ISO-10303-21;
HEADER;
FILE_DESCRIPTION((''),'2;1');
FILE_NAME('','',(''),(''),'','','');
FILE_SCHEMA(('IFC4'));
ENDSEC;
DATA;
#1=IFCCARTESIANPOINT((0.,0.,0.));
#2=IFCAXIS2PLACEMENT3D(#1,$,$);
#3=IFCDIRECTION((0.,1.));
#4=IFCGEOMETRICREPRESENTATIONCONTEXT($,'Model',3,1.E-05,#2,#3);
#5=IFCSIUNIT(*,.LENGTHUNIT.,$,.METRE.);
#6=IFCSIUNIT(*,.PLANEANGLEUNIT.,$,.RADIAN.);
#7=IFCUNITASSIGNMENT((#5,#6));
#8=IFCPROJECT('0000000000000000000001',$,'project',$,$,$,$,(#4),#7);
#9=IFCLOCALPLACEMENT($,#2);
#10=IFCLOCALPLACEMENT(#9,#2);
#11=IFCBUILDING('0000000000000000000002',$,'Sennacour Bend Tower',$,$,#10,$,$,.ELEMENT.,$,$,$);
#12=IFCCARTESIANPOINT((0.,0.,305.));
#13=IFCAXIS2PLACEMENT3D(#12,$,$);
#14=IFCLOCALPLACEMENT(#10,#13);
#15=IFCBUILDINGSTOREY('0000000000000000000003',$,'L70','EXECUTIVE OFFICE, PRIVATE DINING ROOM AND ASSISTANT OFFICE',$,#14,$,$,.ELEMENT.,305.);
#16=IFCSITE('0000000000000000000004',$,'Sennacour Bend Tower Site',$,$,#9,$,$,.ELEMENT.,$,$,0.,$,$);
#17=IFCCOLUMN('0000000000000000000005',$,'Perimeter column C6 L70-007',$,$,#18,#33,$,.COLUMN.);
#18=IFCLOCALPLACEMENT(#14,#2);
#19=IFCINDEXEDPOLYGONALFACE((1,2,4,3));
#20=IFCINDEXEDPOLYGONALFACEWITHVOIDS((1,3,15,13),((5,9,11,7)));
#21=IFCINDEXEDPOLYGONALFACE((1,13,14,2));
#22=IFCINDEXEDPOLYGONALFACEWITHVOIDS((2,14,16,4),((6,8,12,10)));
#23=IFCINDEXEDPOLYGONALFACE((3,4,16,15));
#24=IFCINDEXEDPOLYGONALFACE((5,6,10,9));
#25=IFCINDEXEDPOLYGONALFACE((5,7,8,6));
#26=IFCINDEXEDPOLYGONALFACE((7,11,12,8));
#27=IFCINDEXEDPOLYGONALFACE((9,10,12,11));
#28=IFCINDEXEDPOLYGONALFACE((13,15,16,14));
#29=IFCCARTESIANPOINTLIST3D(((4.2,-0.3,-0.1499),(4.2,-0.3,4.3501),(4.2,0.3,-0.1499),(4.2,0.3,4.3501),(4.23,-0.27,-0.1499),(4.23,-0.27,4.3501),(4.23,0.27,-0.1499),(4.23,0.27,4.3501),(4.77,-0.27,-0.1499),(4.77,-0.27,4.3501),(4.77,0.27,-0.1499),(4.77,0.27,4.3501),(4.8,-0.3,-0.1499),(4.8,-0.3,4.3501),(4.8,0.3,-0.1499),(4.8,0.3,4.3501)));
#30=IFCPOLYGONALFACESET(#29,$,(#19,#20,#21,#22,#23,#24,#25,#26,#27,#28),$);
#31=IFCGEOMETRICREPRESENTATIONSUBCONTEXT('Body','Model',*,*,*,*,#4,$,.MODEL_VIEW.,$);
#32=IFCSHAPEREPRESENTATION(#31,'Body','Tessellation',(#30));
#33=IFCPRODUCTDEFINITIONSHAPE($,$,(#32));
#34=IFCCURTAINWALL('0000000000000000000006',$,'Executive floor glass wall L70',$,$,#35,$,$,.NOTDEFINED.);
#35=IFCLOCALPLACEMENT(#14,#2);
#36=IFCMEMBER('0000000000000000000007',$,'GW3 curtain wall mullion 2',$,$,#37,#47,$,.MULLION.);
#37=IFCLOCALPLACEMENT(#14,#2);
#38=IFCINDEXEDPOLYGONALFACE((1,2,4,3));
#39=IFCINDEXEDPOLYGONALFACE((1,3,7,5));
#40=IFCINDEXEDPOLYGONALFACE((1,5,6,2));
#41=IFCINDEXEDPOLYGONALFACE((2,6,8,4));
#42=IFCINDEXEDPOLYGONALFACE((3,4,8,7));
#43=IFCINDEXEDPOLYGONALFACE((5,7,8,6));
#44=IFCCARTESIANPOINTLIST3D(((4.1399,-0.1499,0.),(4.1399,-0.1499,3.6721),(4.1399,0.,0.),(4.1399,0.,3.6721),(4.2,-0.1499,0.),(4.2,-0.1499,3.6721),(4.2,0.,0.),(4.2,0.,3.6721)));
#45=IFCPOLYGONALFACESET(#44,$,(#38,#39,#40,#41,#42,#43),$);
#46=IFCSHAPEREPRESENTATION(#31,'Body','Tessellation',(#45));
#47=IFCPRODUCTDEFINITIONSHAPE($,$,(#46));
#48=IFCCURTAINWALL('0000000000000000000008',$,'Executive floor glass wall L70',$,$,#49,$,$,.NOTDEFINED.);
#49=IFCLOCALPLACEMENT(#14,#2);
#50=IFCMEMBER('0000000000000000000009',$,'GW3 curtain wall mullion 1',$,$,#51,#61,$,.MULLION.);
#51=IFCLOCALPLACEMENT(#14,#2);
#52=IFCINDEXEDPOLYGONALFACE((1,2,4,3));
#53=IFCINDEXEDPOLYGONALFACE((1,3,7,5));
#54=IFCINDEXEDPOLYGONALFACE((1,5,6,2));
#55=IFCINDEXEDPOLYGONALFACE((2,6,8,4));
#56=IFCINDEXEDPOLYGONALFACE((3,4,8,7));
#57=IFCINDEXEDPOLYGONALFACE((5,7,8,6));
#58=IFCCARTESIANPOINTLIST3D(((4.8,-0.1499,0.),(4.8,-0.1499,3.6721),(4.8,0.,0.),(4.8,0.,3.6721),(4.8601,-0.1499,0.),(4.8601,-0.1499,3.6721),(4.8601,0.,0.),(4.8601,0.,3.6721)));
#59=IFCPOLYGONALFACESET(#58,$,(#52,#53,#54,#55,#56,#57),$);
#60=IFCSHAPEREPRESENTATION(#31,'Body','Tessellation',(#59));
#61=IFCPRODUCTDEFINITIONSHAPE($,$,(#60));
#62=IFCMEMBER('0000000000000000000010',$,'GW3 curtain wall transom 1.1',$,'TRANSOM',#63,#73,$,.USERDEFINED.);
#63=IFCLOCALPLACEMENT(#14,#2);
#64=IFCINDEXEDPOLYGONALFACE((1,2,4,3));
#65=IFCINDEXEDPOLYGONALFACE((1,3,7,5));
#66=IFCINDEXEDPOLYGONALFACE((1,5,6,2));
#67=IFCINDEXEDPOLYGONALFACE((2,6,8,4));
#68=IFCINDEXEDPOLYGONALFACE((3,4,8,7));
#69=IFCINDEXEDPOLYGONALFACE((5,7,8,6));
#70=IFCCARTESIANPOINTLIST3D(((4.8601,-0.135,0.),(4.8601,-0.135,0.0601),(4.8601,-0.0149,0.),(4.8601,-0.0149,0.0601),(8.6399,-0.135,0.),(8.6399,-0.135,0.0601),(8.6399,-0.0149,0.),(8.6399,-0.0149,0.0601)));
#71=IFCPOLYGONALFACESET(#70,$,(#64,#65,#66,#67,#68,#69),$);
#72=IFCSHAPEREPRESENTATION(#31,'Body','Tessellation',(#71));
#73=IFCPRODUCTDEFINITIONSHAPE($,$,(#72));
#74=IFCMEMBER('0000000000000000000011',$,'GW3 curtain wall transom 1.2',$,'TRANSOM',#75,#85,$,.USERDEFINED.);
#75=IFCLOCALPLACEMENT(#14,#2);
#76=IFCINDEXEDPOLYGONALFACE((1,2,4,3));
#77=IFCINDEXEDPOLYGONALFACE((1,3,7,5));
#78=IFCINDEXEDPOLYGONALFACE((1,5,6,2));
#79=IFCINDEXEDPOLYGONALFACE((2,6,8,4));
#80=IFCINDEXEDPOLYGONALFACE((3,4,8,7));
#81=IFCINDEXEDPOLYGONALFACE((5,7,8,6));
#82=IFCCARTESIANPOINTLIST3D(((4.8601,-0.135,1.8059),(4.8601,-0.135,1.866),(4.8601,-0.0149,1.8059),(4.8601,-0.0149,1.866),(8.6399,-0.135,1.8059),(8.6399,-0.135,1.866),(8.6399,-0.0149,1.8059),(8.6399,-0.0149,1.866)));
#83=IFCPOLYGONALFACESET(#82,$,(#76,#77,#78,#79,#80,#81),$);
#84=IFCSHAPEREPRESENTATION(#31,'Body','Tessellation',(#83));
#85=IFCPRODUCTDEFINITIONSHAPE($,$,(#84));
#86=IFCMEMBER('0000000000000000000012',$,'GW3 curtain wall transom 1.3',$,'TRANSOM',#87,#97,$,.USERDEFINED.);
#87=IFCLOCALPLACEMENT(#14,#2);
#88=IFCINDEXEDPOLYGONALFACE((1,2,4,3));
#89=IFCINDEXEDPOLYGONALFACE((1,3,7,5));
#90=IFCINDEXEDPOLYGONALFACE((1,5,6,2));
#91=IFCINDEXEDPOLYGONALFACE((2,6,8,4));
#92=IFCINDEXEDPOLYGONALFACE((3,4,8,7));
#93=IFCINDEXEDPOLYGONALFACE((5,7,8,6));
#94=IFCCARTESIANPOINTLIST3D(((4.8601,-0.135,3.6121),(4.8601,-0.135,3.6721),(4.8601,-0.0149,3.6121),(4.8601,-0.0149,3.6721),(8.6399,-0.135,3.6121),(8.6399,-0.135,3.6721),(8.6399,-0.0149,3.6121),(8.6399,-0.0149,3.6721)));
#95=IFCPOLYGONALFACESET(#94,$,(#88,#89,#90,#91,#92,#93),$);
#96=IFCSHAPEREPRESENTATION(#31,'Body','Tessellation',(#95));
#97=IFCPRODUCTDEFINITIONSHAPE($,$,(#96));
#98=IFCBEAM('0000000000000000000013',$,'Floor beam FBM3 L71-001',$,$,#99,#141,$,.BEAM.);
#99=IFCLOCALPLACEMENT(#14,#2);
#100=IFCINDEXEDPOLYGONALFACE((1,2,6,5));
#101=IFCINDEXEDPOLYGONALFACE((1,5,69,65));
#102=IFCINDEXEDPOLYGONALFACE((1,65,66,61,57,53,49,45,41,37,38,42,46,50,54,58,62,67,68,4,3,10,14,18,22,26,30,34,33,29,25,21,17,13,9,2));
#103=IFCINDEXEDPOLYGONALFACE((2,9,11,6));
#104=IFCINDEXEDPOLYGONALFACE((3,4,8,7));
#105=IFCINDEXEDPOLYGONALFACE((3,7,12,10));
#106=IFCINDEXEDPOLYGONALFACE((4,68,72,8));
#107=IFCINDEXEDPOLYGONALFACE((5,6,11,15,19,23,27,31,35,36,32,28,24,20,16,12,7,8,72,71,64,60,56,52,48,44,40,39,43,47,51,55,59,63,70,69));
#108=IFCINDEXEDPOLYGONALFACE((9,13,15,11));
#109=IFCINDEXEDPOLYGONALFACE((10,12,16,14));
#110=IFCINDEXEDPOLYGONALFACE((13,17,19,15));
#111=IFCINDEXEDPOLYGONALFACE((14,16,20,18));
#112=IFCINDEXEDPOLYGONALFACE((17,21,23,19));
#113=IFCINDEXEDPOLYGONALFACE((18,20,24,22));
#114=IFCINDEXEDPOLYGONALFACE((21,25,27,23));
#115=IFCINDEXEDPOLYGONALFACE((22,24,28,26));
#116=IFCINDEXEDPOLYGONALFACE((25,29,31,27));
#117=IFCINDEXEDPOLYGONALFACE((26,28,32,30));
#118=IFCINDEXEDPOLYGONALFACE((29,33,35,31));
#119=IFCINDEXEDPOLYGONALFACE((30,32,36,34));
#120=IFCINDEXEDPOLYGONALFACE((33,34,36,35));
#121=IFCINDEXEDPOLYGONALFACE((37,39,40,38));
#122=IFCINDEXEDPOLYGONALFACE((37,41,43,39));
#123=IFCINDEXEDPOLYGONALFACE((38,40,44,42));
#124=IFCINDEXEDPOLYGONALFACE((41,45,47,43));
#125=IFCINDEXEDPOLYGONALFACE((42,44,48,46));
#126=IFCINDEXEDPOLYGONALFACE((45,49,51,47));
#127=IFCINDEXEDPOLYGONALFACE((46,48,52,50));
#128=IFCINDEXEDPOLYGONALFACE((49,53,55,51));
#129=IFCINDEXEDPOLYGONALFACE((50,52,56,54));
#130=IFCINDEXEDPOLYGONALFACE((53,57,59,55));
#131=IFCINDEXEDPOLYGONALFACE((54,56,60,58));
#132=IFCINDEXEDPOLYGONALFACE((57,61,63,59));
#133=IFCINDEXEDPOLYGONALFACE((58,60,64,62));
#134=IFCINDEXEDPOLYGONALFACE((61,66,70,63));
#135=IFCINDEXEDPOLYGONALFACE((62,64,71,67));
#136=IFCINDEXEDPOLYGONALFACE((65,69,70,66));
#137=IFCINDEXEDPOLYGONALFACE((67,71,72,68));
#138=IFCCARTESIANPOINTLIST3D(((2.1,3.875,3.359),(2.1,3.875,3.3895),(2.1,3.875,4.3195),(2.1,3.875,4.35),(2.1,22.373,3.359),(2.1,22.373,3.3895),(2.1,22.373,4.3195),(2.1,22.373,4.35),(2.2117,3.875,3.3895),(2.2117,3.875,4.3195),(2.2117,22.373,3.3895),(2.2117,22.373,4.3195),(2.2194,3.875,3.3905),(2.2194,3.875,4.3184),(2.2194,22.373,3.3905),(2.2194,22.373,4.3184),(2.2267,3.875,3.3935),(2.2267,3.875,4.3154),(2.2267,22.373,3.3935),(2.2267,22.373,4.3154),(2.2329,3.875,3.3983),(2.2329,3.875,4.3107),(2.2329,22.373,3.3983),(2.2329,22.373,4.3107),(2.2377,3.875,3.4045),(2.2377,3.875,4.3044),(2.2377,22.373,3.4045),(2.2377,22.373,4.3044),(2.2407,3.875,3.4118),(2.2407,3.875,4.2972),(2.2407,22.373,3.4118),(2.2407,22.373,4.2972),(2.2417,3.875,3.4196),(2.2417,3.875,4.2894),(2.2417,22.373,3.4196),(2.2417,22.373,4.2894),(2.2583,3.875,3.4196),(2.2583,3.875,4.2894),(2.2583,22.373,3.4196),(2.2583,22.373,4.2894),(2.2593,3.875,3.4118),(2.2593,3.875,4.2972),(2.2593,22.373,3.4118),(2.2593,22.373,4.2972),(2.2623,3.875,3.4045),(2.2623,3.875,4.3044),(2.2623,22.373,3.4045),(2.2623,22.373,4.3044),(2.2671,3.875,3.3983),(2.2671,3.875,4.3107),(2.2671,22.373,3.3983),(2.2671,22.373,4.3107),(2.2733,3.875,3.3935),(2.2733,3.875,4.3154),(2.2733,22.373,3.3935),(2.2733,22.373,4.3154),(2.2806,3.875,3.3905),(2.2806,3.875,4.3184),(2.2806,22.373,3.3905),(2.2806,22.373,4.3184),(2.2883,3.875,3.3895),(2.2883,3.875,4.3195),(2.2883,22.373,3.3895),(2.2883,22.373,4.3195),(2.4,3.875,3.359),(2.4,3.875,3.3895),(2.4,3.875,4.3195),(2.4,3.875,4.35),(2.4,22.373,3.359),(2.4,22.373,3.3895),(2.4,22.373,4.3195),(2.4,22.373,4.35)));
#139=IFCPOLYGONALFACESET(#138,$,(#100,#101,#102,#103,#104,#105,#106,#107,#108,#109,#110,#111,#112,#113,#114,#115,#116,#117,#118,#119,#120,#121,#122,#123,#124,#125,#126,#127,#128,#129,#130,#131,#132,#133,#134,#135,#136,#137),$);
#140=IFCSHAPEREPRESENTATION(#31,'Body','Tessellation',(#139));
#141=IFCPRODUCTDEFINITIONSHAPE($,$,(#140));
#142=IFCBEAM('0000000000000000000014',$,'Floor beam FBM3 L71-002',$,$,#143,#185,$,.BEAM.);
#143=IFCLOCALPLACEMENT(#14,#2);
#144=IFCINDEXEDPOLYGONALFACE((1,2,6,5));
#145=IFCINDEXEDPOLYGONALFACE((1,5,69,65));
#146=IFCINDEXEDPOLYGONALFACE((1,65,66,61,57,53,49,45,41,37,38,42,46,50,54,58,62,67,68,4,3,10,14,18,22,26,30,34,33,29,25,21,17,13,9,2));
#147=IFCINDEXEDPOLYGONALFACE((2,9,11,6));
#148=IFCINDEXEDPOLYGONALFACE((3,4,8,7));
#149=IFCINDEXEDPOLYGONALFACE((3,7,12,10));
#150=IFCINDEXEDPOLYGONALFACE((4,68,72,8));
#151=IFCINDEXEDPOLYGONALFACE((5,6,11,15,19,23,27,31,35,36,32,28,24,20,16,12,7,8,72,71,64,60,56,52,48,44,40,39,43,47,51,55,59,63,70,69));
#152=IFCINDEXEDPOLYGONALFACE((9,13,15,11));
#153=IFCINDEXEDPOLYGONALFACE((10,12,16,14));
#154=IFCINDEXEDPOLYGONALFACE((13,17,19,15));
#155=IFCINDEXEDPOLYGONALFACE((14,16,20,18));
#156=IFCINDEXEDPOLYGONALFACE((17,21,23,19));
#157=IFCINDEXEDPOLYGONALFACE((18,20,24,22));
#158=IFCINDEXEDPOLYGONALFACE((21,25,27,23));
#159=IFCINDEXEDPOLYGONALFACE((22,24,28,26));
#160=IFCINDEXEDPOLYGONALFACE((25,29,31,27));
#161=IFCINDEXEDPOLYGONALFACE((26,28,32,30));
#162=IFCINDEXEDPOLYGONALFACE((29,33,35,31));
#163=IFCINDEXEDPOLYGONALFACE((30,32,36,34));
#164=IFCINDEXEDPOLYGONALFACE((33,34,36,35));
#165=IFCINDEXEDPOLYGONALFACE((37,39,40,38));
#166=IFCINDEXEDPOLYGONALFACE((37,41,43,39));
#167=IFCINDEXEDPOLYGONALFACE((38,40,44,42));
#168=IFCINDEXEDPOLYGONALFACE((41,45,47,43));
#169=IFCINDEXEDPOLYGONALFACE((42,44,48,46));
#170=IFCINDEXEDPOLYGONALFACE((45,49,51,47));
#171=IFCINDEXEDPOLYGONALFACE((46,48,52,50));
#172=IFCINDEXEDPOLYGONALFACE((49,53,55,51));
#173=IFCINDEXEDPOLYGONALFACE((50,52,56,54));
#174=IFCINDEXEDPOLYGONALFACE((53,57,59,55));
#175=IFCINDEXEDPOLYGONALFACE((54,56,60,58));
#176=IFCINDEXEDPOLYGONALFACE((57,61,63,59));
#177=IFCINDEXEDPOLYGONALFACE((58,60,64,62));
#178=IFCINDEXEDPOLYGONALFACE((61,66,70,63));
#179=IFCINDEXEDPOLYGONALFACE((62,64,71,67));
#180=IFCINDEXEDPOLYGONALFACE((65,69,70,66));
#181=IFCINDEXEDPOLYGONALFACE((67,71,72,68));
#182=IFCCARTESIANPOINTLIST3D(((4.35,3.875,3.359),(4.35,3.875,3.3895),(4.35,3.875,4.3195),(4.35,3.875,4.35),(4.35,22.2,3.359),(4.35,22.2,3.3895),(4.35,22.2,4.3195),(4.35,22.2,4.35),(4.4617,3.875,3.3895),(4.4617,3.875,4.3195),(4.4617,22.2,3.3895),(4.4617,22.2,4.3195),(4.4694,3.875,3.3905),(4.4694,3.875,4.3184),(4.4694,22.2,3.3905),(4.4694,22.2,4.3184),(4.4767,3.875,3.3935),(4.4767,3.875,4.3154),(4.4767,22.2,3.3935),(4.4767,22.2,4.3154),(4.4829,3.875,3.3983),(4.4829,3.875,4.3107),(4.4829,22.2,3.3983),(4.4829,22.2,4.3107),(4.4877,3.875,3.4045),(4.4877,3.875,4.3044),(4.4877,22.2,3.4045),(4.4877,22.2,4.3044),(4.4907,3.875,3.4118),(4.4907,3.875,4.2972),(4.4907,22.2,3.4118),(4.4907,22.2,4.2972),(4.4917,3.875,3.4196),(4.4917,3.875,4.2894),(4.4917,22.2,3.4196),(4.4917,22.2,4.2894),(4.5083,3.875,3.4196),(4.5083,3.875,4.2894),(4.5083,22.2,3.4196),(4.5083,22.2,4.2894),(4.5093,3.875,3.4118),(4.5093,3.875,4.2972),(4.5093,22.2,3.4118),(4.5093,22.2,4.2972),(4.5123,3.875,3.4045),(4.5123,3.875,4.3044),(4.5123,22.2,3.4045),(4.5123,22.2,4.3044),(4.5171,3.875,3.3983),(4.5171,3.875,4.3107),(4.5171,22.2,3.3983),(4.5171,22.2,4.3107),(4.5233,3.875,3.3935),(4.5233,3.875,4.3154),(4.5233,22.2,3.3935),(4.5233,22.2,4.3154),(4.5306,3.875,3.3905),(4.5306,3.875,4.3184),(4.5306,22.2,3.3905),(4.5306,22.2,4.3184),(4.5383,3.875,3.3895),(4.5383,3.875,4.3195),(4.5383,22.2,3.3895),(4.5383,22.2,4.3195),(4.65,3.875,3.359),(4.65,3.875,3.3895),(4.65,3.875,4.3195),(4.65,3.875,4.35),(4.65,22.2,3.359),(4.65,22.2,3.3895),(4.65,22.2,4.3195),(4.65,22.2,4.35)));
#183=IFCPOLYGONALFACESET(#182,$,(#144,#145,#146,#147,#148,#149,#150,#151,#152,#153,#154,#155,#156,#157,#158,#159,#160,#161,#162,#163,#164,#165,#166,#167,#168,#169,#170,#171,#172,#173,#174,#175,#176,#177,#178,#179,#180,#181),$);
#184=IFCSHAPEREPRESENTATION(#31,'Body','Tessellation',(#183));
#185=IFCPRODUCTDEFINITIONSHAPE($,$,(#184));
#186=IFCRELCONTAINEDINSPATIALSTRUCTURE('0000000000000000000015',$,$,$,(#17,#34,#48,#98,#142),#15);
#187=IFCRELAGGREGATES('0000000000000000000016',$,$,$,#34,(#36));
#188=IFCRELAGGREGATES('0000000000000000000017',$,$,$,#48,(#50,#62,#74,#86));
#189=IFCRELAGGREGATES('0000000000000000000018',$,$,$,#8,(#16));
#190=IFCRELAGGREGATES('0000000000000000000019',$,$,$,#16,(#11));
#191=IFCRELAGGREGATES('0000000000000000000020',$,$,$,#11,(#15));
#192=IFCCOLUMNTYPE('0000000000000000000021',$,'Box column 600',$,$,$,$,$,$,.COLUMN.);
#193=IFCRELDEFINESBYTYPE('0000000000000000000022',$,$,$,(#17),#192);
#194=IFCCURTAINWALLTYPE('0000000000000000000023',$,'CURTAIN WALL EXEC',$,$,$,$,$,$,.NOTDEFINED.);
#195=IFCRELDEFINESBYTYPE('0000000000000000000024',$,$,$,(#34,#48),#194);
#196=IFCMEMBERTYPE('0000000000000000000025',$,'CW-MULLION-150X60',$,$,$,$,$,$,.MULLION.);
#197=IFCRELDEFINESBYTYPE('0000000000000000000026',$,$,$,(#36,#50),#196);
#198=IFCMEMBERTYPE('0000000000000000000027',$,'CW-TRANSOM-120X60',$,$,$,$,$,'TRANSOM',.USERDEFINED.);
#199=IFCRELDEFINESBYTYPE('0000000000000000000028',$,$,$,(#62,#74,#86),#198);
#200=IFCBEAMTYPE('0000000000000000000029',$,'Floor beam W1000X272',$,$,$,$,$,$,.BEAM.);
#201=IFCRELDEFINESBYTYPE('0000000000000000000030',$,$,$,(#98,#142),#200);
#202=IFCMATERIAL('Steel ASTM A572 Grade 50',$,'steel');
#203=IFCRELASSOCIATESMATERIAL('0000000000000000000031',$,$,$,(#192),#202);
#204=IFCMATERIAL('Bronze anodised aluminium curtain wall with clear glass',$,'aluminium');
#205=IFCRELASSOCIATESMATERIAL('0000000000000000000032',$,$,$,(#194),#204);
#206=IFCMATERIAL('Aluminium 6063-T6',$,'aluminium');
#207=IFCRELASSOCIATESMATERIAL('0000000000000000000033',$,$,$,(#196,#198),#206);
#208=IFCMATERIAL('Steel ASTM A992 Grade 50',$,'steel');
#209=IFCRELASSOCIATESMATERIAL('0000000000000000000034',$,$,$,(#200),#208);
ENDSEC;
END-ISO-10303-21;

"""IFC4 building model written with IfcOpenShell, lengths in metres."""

from ifc_helpers import new_model, si_unit, direction, frame, origin, origin_2d, place, context, subcontext, project, spatial, rectangle, hollow_rectangle, i_section, extrude, material, material_profile, profile_set, type_object, element, aggregate, save


model = new_model("IFC4")

# Units and contexts
model_context = context("Model", 3, precision=1e-05, world=origin(), true_north=direction((0.0, 1.0)))
body_context = subcontext(model_context, "Body", "Model", "MODEL_VIEW")
ifc_project = project(units=[si_unit("LENGTHUNIT", "METRE"), si_unit("PLANEANGLEUNIT", "RADIAN")], contexts=[model_context])

# Site, building, storey
site_placement = place(None, origin())
site = spatial("IfcSite", under=ifc_project, at=site_placement, Name="Sennacour Bend Tower Site", CompositionType="ELEMENT", RefElevation=0.0)
building_placement = place(site_placement, origin())
building = spatial("IfcBuilding", under=site, at=building_placement, Name="Sennacour Bend Tower", CompositionType="ELEMENT")
storey_placement = place(building_placement, frame((0.0, 0.0, 305.0)))
storey = spatial("IfcBuildingStorey", under=building, at=storey_placement, Name="L70", Description="EXECUTIVE OFFICE, PRIVATE DINING ROOM AND ASSISTANT OFFICE", CompositionType="ELEMENT", Elevation=305.0)

# Column
ifc_material_1 = material(Name="Steel ASTM A572 Grade 50", Category="steel")
ifc_material_profile_1 = material_profile(ifc_material_1, hollow_rectangle(XDim=0.6001, YDim=0.6001, WallThickness=0.03, at=origin_2d()), Name="Steel ASTM A572 Grade 50", Category="steel")
ifc_profile_set_1 = profile_set([ifc_material_profile_1], Name="Steel ASTM A572 Grade 50")
column_type = type_object("IfcColumnType", Name="Box column 600", PredefinedType="COLUMN", material=ifc_profile_set_1)
column_placement = place(storey_placement, frame((4.5, 0.0, -0.1499), z_axis=(0.0, 0.0, 1.0), x_axis=(1.0, 0.0, 0.0)))
element("IfcColumn", 1, at=column_placement, inside=storey, type_object=column_type, Name="Perimeter column C6 L70-007", PredefinedType="COLUMN", context=body_context, shape_type="SweptSolid", body=[
    extrude(hollow_rectangle(XDim=0.6001, YDim=0.6001, WallThickness=0.03, at=origin_2d()), origin(), (0.0, 0.0, 1.0), 4.5),
])

# Curtain wall, member
ifc_material_2 = material(Name="Bronze anodised aluminium curtain wall with clear glass", Category="aluminium")
curtain_wall_type = type_object("IfcCurtainWallType", Name="CURTAIN WALL EXEC", PredefinedType="NOTDEFINED", material=ifc_material_2)
curtain_wall_1_placement = place(storey_placement, origin())
curtain_wall_1 = element("IfcCurtainWall", 2, at=curtain_wall_1_placement, inside=storey, type_object=curtain_wall_type, Name="Executive floor glass wall L70", PredefinedType="NOTDEFINED")
ifc_material_3 = material(Name="Aluminium 6063-T6", Category="aluminium")
ifc_material_profile_2 = material_profile(ifc_material_3, rectangle(XDim=0.1499, YDim=0.0601, at=origin_2d()), Name="Aluminium 6063-T6", Category="aluminium")
ifc_profile_set_2 = profile_set([ifc_material_profile_2], Name="Aluminium 6063-T6")
member_type_1 = type_object("IfcMemberType", Name="CW-MULLION-150X60", PredefinedType="MULLION", material=ifc_profile_set_2)
member_1_placement = place(storey_placement, frame((4.1699, -0.075, 0.0), z_axis=(0.0, 0.0, 1.0), x_axis=(0.0, 1.0, 0.0)))
member_1 = element("IfcMember", 3, at=member_1_placement, type_object=member_type_1, Name="GW3 curtain wall mullion 2", PredefinedType="MULLION", context=body_context, shape_type="SweptSolid", body=[
    extrude(rectangle(XDim=0.1499, YDim=0.0601, at=origin_2d()), origin(), (0.0, 0.0, 1.0), 3.6721),
])

# Curtain wall, members
curtain_wall_2_placement = place(storey_placement, origin())
curtain_wall_2 = element("IfcCurtainWall", 4, at=curtain_wall_2_placement, inside=storey, type_object=curtain_wall_type, Name="Executive floor glass wall L70", PredefinedType="NOTDEFINED")
member_2_placement = place(storey_placement, frame((4.8301, -0.075, 0.0), z_axis=(0.0, 0.0, 1.0), x_axis=(0.0, 1.0, 0.0)))
member_2 = element("IfcMember", 5, at=member_2_placement, type_object=member_type_1, Name="GW3 curtain wall mullion 1", PredefinedType="MULLION", context=body_context, shape_type="SweptSolid", body=[
    extrude(rectangle(XDim=0.1499, YDim=0.0601, at=origin_2d()), origin(), (0.0, 0.0, 1.0), 3.6721),
])
ifc_material_profile_3 = material_profile(ifc_material_3, rectangle(XDim=0.1201, YDim=0.0601, at=origin_2d()), Name="Aluminium 6063-T6", Category="aluminium")
ifc_profile_set_3 = profile_set([ifc_material_profile_3], Name="Aluminium 6063-T6")
member_type_2 = type_object("IfcMemberType", Name="CW-TRANSOM-120X60", ElementType="TRANSOM", PredefinedType="USERDEFINED", material=ifc_profile_set_3)
member_3_placement = place(storey_placement, frame((4.8601, -0.075, 0.03), z_axis=(1.0, 0.0, 0.0), x_axis=(0.0, 1.0, 0.0)))
member_3 = element("IfcMember", 6, at=member_3_placement, type_object=member_type_2, Name="GW3 curtain wall transom 1.1", ObjectType="TRANSOM", PredefinedType="USERDEFINED", context=body_context, shape_type="SweptSolid", body=[
    extrude(rectangle(XDim=0.1201, YDim=0.0601, at=origin_2d()), origin(), (0.0, 0.0, 1.0), 3.7798),
])
member_4_placement = place(storey_placement, frame((4.8601, -0.075, 1.8359), z_axis=(1.0, 0.0, 0.0), x_axis=(0.0, 1.0, 0.0)))
member_4 = element("IfcMember", 7, at=member_4_placement, type_object=member_type_2, Name="GW3 curtain wall transom 1.2", ObjectType="TRANSOM", PredefinedType="USERDEFINED", context=body_context, shape_type="SweptSolid", body=[
    extrude(rectangle(XDim=0.1201, YDim=0.0601, at=origin_2d()), origin(), (0.0, 0.0, 1.0), 3.7798),
])
member_5_placement = place(storey_placement, frame((4.8601, -0.075, 3.6421), z_axis=(1.0, 0.0, 0.0), x_axis=(0.0, 1.0, 0.0)))
member_5 = element("IfcMember", 8, at=member_5_placement, type_object=member_type_2, Name="GW3 curtain wall transom 1.3", ObjectType="TRANSOM", PredefinedType="USERDEFINED", context=body_context, shape_type="SweptSolid", body=[
    extrude(rectangle(XDim=0.1201, YDim=0.0601, at=origin_2d()), origin(), (0.0, 0.0, 1.0), 3.7798),
])

# Beams
ifc_material_4 = material(Name="Steel ASTM A992 Grade 50", Category="steel")
ifc_material_profile_4 = material_profile(ifc_material_4, i_section(OverallWidth=0.3, OverallDepth=0.991, WebThickness=0.0166, FlangeThickness=0.0305, FilletRadius=0.03, at=origin_2d()), Name="Steel ASTM A992 Grade 50", Category="steel")
ifc_profile_set_4 = profile_set([ifc_material_profile_4], Name="Steel ASTM A992 Grade 50")
beam_type_1 = type_object("IfcBeamType", Name="Floor beam W1000X272", PredefinedType="BEAM", material=ifc_profile_set_4)
beam_1_placement = place(storey_placement, frame((2.25, 3.875, 3.8545), z_axis=(0.0, 1.0, 0.0), x_axis=(-1.0, 0.0, 0.0)))
element("IfcBeam", 9, at=beam_1_placement, inside=storey, type_object=beam_type_1, Name="Floor beam FBM3 L71-001", PredefinedType="BEAM", context=body_context, shape_type="SweptSolid", body=[
    extrude(i_section(OverallWidth=0.3, OverallDepth=0.991, WebThickness=0.0166, FlangeThickness=0.0305, FilletRadius=0.03, at=origin_2d()), origin(), (0.0, 0.0, 1.0), 18.498),
])
beam_2_placement = place(storey_placement, frame((4.5, 3.875, 3.8545), z_axis=(0.0, 1.0, 0.0), x_axis=(-1.0, 0.0, 0.0)))
element("IfcBeam", 10, at=beam_2_placement, inside=storey, type_object=beam_type_1, Name="Floor beam FBM3 L71-002", PredefinedType="BEAM", context=body_context, shape_type="SweptSolid", body=[
    extrude(i_section(OverallWidth=0.3, OverallDepth=0.991, WebThickness=0.0166, FlangeThickness=0.0305, FilletRadius=0.03, at=origin_2d()), origin(), (0.0, 0.0, 1.0), 18.325),
])

aggregate(curtain_wall_1, [member_1])
aggregate(curtain_wall_2, [member_2, member_3, member_4, member_5])

save(model, "model.ifc")
